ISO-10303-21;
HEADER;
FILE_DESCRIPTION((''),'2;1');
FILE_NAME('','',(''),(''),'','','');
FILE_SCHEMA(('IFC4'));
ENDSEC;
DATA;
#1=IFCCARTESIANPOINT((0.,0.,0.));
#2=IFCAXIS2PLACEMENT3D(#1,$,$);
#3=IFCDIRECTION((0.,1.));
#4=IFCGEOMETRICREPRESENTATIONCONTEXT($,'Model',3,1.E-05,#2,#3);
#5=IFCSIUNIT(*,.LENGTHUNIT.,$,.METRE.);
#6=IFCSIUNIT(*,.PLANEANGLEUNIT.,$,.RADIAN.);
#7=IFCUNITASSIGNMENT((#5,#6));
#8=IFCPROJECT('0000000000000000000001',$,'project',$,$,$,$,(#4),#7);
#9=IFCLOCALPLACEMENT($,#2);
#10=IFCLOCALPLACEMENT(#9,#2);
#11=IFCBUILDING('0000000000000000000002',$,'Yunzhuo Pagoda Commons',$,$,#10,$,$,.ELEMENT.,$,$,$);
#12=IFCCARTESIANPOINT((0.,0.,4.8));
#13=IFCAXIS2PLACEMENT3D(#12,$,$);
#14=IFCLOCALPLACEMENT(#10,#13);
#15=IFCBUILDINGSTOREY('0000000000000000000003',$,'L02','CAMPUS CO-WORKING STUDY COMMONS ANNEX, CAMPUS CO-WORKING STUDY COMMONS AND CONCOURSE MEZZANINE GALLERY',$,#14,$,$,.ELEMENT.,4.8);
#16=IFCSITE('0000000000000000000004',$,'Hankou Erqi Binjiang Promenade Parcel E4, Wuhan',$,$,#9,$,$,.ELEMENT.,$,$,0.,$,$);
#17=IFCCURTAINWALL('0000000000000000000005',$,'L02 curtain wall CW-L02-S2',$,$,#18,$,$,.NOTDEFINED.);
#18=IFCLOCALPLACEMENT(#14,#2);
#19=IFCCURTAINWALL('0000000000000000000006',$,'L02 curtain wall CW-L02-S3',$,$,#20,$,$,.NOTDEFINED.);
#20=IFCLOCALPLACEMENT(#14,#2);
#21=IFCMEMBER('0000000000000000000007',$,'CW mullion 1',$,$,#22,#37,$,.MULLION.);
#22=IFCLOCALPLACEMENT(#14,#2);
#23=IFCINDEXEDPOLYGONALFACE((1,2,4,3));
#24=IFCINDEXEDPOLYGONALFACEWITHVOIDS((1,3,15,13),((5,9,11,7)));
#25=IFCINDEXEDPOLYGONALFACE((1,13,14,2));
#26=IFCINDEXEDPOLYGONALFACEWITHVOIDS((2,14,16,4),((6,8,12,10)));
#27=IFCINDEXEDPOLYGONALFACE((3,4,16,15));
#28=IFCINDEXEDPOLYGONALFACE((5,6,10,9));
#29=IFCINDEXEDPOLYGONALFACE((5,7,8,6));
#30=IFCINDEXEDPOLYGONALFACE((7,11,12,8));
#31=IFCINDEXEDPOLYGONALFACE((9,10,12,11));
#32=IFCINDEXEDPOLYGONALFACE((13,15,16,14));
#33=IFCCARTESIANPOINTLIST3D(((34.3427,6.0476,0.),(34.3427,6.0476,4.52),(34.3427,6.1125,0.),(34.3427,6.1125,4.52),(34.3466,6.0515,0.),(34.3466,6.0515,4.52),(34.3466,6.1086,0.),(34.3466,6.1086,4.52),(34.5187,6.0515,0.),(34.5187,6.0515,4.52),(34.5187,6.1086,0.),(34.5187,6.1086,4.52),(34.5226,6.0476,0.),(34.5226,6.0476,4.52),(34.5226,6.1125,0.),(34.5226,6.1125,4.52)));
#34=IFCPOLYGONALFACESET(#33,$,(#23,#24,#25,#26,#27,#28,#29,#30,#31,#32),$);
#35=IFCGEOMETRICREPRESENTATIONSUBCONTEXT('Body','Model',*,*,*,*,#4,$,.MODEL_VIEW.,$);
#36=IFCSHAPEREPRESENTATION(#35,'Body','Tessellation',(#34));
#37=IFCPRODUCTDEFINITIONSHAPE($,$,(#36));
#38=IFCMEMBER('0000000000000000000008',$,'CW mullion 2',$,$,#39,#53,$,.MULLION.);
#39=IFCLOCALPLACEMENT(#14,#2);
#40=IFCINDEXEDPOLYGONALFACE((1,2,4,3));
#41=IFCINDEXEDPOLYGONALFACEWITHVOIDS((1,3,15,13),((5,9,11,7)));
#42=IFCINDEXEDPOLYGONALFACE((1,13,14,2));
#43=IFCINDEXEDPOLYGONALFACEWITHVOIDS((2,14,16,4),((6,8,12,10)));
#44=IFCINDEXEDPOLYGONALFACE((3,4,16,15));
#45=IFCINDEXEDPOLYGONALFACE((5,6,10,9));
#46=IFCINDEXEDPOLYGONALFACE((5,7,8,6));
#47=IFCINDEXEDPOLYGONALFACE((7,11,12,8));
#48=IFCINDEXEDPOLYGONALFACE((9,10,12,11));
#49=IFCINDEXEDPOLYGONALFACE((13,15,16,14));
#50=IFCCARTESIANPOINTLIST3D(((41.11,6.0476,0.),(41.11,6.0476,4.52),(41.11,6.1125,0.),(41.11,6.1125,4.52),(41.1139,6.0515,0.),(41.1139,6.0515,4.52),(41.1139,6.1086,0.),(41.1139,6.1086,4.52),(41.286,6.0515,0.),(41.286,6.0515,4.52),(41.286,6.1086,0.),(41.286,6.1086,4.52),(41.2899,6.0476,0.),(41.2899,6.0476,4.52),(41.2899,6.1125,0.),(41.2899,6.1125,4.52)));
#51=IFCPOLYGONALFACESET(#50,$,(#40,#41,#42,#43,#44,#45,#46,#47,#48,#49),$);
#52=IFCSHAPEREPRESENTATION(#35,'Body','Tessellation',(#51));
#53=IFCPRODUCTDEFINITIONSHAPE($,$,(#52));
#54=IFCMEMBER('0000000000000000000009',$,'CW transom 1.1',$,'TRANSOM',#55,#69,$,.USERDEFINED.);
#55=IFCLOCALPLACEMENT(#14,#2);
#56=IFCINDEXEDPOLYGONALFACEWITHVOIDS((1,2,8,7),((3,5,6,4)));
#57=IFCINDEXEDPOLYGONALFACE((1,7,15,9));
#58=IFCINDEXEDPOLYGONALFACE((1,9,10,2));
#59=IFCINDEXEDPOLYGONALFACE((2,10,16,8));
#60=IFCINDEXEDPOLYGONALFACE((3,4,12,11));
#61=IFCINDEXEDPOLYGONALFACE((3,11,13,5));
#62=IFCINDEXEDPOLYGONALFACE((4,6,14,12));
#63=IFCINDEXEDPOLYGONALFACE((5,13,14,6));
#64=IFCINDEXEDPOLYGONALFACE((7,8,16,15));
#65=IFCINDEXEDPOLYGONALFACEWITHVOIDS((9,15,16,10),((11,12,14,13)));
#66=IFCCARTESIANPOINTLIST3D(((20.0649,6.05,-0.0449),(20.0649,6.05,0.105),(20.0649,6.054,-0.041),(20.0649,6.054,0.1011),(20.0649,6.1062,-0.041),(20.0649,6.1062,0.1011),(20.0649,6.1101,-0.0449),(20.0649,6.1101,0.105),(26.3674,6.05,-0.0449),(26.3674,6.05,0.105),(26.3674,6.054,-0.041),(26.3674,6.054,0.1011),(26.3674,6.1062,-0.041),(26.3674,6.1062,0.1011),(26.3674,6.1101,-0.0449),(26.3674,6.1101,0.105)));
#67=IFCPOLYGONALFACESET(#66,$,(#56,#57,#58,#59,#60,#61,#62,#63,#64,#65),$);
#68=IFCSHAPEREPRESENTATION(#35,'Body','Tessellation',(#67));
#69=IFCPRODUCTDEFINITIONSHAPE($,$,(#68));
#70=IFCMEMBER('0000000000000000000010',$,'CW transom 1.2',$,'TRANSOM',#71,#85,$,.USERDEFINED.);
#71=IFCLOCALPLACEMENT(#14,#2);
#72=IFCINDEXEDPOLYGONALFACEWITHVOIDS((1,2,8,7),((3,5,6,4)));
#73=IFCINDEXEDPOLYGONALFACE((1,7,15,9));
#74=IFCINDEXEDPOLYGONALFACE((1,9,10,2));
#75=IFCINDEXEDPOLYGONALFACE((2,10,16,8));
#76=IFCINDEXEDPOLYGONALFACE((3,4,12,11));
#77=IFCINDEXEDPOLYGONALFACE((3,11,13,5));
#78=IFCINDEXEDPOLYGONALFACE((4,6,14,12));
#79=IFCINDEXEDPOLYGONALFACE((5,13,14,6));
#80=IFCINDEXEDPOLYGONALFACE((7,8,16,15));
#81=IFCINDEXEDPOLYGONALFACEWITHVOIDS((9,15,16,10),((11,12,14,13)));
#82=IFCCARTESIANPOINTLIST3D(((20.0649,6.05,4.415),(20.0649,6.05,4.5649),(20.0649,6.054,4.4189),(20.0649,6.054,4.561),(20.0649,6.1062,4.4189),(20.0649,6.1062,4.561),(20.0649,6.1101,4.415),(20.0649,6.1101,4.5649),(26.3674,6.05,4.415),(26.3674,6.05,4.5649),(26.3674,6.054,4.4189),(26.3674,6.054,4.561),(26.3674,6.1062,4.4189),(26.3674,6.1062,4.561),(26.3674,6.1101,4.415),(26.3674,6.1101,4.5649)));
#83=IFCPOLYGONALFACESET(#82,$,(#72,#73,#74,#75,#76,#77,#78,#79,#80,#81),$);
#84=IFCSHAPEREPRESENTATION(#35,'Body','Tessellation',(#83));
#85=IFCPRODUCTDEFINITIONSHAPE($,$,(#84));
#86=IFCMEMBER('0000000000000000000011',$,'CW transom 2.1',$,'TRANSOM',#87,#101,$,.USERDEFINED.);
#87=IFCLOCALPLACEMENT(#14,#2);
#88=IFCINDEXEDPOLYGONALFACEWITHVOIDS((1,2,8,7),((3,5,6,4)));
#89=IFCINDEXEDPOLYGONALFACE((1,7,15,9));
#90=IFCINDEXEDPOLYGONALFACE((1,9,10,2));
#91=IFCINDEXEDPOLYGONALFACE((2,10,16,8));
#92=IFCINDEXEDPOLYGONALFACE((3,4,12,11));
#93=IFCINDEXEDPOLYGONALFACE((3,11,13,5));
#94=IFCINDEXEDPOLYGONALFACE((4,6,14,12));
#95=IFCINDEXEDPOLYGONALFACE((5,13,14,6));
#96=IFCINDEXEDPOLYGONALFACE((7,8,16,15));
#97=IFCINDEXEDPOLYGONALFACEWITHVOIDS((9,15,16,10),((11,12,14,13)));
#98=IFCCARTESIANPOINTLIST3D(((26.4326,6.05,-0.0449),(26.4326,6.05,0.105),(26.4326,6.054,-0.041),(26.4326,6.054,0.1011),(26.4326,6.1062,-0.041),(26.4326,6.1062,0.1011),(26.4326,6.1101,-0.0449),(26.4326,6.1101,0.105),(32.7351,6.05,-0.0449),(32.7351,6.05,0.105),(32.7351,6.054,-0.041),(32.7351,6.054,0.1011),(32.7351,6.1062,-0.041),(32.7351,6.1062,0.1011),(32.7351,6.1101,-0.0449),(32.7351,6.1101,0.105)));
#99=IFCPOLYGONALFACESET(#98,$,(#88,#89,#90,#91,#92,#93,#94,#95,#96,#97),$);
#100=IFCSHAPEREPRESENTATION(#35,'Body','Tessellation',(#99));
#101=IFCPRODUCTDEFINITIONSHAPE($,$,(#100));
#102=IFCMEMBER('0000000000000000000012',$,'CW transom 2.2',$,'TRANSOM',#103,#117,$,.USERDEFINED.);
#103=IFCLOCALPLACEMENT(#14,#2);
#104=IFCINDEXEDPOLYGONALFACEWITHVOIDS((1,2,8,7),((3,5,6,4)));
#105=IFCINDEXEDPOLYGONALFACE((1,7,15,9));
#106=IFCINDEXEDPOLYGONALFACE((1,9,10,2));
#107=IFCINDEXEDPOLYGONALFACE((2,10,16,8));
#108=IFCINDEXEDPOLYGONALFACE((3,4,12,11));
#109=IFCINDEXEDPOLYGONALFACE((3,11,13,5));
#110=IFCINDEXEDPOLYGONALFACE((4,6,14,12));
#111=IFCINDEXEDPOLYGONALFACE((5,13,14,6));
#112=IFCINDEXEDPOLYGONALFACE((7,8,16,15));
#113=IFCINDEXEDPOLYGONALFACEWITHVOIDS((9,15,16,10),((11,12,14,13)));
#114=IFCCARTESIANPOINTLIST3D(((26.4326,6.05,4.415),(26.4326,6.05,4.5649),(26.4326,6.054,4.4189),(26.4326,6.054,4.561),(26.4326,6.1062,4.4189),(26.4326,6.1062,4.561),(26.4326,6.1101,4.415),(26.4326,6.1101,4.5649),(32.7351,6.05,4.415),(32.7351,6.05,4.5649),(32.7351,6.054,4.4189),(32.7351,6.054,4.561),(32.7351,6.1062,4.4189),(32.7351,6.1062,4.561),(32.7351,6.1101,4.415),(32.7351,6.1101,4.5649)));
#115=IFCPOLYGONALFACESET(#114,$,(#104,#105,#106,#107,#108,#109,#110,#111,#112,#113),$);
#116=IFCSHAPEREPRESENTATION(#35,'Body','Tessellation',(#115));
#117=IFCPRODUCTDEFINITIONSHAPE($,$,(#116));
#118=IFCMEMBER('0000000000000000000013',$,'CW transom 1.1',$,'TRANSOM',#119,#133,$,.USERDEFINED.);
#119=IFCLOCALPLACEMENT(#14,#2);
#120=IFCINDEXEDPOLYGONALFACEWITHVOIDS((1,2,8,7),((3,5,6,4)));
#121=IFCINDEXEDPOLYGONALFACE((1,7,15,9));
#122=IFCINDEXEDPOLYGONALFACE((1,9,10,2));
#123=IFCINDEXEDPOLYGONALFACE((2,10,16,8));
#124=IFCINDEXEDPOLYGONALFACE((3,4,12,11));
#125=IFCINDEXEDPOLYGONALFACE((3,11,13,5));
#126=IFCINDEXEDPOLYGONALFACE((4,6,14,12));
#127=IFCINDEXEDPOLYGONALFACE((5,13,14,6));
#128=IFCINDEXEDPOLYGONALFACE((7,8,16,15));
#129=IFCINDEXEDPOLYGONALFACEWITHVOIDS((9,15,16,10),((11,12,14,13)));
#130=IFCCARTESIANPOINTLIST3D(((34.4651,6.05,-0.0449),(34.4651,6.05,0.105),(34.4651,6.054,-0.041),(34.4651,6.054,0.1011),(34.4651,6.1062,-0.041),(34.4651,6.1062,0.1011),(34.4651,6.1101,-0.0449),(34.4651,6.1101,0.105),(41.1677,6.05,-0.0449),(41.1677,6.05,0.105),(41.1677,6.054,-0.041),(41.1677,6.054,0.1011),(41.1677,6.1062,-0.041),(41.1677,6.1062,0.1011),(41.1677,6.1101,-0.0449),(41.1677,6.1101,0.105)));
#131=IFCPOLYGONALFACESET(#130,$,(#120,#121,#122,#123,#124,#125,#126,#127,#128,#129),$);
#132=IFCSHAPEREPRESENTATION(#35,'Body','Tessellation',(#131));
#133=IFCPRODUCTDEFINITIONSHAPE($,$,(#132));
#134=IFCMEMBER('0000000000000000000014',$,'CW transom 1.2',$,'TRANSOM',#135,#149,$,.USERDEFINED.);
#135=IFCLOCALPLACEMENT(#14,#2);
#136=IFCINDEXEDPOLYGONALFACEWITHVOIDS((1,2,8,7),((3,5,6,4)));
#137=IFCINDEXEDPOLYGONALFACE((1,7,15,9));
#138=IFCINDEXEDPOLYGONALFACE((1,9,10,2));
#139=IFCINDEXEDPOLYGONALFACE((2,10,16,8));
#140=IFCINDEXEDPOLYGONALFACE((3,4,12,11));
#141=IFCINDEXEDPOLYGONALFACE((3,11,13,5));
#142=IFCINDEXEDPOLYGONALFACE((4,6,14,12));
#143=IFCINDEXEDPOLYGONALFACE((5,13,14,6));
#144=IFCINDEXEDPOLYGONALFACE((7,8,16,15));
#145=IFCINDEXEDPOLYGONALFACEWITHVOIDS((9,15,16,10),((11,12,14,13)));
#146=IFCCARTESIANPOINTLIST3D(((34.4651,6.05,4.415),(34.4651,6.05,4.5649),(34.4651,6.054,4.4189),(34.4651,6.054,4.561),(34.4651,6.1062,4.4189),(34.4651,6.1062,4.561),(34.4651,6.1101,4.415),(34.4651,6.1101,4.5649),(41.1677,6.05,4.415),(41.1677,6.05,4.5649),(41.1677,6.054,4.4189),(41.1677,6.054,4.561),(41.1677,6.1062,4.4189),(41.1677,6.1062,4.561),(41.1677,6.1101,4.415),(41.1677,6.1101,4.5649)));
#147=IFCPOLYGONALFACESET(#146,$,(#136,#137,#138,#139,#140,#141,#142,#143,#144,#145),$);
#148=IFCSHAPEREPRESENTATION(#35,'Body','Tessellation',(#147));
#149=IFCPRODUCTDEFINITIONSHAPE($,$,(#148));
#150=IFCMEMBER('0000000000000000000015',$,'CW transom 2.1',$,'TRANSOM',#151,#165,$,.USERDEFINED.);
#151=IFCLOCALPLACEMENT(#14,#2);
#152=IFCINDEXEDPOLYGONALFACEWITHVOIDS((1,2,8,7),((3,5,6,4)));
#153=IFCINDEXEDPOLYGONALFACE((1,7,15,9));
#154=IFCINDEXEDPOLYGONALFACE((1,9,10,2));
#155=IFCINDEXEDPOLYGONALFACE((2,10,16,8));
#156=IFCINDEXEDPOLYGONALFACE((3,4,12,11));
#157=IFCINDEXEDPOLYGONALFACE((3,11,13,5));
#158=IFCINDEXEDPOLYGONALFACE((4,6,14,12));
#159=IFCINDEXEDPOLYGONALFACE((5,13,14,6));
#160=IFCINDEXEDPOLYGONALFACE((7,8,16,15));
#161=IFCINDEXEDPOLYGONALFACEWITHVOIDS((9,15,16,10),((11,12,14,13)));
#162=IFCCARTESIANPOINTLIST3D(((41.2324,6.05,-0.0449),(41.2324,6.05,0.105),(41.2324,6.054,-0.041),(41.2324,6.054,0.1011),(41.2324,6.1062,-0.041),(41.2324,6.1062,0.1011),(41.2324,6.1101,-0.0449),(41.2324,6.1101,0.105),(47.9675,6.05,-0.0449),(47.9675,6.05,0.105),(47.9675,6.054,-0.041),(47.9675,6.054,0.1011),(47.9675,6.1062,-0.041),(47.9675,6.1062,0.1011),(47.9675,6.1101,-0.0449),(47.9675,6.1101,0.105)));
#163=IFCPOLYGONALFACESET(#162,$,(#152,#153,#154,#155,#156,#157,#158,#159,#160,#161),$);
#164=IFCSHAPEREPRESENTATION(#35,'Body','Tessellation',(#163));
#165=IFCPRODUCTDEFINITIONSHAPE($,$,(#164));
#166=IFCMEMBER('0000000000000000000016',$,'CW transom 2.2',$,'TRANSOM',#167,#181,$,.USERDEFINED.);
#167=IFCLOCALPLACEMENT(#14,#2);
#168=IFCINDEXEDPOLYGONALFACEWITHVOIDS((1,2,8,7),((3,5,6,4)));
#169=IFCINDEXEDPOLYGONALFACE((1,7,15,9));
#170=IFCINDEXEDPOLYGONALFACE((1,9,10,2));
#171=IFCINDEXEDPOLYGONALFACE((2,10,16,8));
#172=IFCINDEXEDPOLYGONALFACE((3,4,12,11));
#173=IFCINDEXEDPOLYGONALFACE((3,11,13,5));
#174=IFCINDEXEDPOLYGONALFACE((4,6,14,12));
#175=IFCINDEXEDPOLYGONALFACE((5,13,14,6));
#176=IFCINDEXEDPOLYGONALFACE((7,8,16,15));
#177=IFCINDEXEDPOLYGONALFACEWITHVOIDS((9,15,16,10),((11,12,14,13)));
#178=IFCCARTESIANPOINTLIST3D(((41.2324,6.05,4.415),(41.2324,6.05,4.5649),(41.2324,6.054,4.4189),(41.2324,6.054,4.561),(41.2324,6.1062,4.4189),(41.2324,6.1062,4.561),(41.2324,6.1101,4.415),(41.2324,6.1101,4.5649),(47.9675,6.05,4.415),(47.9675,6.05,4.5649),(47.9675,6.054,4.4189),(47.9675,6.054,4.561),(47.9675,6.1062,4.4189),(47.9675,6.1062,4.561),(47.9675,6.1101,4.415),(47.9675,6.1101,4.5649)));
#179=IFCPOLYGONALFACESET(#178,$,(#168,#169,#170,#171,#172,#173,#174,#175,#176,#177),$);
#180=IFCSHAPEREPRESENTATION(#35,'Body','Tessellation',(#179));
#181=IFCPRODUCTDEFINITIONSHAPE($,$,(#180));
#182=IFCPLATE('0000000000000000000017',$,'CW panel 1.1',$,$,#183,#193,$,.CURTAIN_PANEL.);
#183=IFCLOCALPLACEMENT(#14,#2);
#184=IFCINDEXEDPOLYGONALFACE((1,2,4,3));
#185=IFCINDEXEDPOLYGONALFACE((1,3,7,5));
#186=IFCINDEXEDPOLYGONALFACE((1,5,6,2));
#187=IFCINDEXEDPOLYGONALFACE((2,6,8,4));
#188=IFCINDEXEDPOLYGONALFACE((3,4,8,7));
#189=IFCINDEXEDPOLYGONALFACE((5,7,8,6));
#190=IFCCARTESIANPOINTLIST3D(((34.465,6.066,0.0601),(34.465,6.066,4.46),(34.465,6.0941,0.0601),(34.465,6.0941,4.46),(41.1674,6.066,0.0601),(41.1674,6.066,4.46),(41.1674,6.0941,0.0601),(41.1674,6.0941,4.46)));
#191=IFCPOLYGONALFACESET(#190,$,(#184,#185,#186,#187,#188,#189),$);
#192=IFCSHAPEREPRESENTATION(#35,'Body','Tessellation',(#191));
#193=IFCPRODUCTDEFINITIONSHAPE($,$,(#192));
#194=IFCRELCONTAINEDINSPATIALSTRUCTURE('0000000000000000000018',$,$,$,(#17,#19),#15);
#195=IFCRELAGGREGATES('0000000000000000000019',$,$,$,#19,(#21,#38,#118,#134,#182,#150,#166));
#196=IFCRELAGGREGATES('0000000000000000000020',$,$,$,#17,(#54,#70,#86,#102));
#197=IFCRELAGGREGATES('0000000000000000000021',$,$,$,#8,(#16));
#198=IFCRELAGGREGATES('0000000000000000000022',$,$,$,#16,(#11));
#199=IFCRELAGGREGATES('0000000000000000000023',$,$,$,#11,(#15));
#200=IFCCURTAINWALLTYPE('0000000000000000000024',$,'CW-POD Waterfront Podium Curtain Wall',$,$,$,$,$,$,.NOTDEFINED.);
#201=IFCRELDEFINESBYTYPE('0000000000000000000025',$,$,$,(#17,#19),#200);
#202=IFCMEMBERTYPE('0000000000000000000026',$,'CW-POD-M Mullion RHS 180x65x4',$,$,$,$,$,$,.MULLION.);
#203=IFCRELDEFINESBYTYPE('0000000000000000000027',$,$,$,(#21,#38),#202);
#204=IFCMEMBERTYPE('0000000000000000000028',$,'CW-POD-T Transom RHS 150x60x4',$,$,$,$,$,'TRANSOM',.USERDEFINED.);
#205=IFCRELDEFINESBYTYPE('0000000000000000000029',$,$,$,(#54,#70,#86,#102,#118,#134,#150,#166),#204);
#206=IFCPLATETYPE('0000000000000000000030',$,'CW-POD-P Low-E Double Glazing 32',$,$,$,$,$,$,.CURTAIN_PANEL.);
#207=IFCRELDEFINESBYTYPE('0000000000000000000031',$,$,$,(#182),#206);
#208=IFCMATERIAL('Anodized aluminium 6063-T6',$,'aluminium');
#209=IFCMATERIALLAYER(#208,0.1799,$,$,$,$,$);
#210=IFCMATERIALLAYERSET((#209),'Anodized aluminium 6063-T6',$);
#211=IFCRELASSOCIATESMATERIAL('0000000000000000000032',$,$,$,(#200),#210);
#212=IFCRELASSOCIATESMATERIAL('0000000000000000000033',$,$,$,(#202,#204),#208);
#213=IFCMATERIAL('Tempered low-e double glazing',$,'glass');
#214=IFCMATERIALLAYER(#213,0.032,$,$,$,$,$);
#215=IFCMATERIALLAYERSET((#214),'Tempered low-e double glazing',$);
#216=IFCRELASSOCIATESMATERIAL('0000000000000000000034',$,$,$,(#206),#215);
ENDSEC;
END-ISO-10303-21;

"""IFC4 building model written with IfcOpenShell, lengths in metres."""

from ifc_helpers import new_model, si_unit, direction, frame, origin, origin_2d, place, context, subcontext, project, spatial, rectangle, hollow_rectangle, extrude, source, transform, mapped, material, layer, layer_set, material_profile, profile_set, type_object, element, aggregate, save


model = new_model("IFC4")

# Units and contexts
model_context = context("Model", 3, precision=1e-05, world=origin(), true_north=direction((0.0, 1.0)))
body_context = subcontext(model_context, "Body", "Model", "MODEL_VIEW")
ifc_project = project(units=[si_unit("LENGTHUNIT", "METRE"), si_unit("PLANEANGLEUNIT", "RADIAN")], contexts=[model_context])

# Site, building, storey
site_placement = place(None, origin())
site = spatial("IfcSite", under=ifc_project, at=site_placement, Name="Hankou Erqi Binjiang Promenade Parcel E4, Wuhan", CompositionType="ELEMENT", RefElevation=0.0)
building_placement = place(site_placement, origin())
building = spatial("IfcBuilding", under=site, at=building_placement, Name="Yunzhuo Pagoda Commons", CompositionType="ELEMENT")
storey_placement = place(building_placement, frame((0.0, 0.0, 4.8)))
storey = spatial("IfcBuildingStorey", under=building, at=storey_placement, Name="L02", Description="CAMPUS CO-WORKING STUDY COMMONS ANNEX, CAMPUS CO-WORKING STUDY COMMONS AND CONCOURSE MEZZANINE GALLERY", CompositionType="ELEMENT", Elevation=4.8)

# Curtain walls, members
ifc_material_1 = material(Name="Anodized aluminium 6063-T6", Category="aluminium")
ifc_layer_1 = layer(ifc_material_1, 0.1799)
ifc_layer_set_1 = layer_set([ifc_layer_1], Name="Anodized aluminium 6063-T6")
curtain_wall_type = type_object("IfcCurtainWallType", Name="CW-POD Waterfront Podium Curtain Wall", PredefinedType="NOTDEFINED", material=ifc_layer_set_1)
curtain_wall_1_placement = place(storey_placement, origin())
curtain_wall_1 = element("IfcCurtainWall", 1, at=curtain_wall_1_placement, inside=storey, type_object=curtain_wall_type, Name="L02 curtain wall CW-L02-S2", PredefinedType="NOTDEFINED")
ifc_material_profile_1 = material_profile(ifc_material_1, hollow_rectangle(XDim=0.0649, YDim=0.1799, WallThickness=0.0039, at=origin_2d()), Name="Anodized aluminium 6063-T6")
ifc_profile_set_1 = profile_set([ifc_material_profile_1], Name="Anodized aluminium 6063-T6")
member_type_1 = type_object("IfcMemberType", Name="CW-POD-M Mullion RHS 180x65x4", PredefinedType="MULLION", material=ifc_profile_set_1)
shared_shape_1 = source(origin(), body_context, "Body", "SweptSolid", [
    extrude(hollow_rectangle(XDim=0.0649, YDim=0.1799, WallThickness=0.0039, at=origin_2d()), origin(), (0.0, 0.0, 1.0), 4.52),
])
curtain_wall_2_placement = place(storey_placement, origin())
curtain_wall_2 = element("IfcCurtainWall", 2, at=curtain_wall_2_placement, inside=storey, type_object=curtain_wall_type, Name="L02 curtain wall CW-L02-S3", PredefinedType="NOTDEFINED")
member_1_placement = place(storey_placement, frame((34.4326, 6.0801, 0.0), z_axis=(0.0, 0.0, 1.0), x_axis=(0.0, 1.0, 0.0)))
member_1 = element("IfcMember", 3, at=member_1_placement, type_object=member_type_1, Name="CW mullion 1", PredefinedType="MULLION", context=body_context, shape_type="MappedRepresentation", body=[
    mapped(shared_shape_1, transform((0.0, 0.0, 0.0), scale=1.0)),
])
member_2_placement = place(storey_placement, frame((41.2, 6.0801, 0.0), z_axis=(0.0, 0.0, 1.0), x_axis=(0.0, 1.0, 0.0)))
member_2 = element("IfcMember", 4, at=member_2_placement, type_object=member_type_1, Name="CW mullion 2", PredefinedType="MULLION", context=body_context, shape_type="MappedRepresentation", body=[
    mapped(shared_shape_1, transform((0.0, 0.0, 0.0), scale=1.0)),
])

# Members
ifc_material_profile_2 = material_profile(ifc_material_1, hollow_rectangle(XDim=0.0601, YDim=0.1499, WallThickness=0.0039, at=origin_2d()), Name="Anodized aluminium 6063-T6")
ifc_profile_set_2 = profile_set([ifc_material_profile_2], Name="Anodized aluminium 6063-T6")
member_type_2 = type_object("IfcMemberType", Name="CW-POD-T Transom RHS 150x60x4", ElementType="TRANSOM", PredefinedType="USERDEFINED", material=ifc_profile_set_2)
shared_shape_2 = source(origin(), body_context, "Body", "SweptSolid", [
    extrude(hollow_rectangle(XDim=0.0601, YDim=0.1499, WallThickness=0.0039, at=origin_2d()), origin(), (0.0, 0.0, 1.0), 6.3025),
])
member_3_placement = place(storey_placement, frame((20.0649, 6.0801, 0.03), z_axis=(1.0, 0.0, 0.0), x_axis=(0.0, 1.0, 0.0)))
member_3 = element("IfcMember", 5, at=member_3_placement, type_object=member_type_2, Name="CW transom 1.1", ObjectType="TRANSOM", PredefinedType="USERDEFINED", context=body_context, shape_type="MappedRepresentation", body=[
    mapped(shared_shape_2, transform((0.0, 0.0, 0.0), scale=1.0)),
])
member_4_placement = place(storey_placement, frame((20.0649, 6.0801, 4.49), z_axis=(1.0, 0.0, 0.0), x_axis=(0.0, 1.0, 0.0)))
member_4 = element("IfcMember", 6, at=member_4_placement, type_object=member_type_2, Name="CW transom 1.2", ObjectType="TRANSOM", PredefinedType="USERDEFINED", context=body_context, shape_type="MappedRepresentation", body=[
    mapped(shared_shape_2, transform((0.0, 0.0, 0.0), scale=1.0)),
])
member_5_placement = place(storey_placement, frame((26.4326, 6.0801, 0.03), z_axis=(1.0, 0.0, 0.0), x_axis=(0.0, 1.0, 0.0)))
member_5 = element("IfcMember", 7, at=member_5_placement, type_object=member_type_2, Name="CW transom 2.1", ObjectType="TRANSOM", PredefinedType="USERDEFINED", context=body_context, shape_type="MappedRepresentation", body=[
    mapped(shared_shape_2, transform((0.0, 0.0, 0.0), scale=1.0)),
])
member_6_placement = place(storey_placement, frame((26.4326, 6.0801, 4.49), z_axis=(1.0, 0.0, 0.0), x_axis=(0.0, 1.0, 0.0)))
member_6 = element("IfcMember", 8, at=member_6_placement, type_object=member_type_2, Name="CW transom 2.2", ObjectType="TRANSOM", PredefinedType="USERDEFINED", context=body_context, shape_type="MappedRepresentation", body=[
    mapped(shared_shape_2, transform((0.0, 0.0, 0.0), scale=1.0)),
])
shared_shape_3 = source(origin(), body_context, "Body", "SweptSolid", [
    extrude(hollow_rectangle(XDim=0.0601, YDim=0.1499, WallThickness=0.0039, at=origin_2d()), origin(), (0.0, 0.0, 1.0), 6.7026),
])
member_7_placement = place(storey_placement, frame((34.4651, 6.0801, 0.03), z_axis=(1.0, 0.0, 0.0), x_axis=(0.0, 1.0, 0.0)))
member_7 = element("IfcMember", 9, at=member_7_placement, type_object=member_type_2, Name="CW transom 1.1", ObjectType="TRANSOM", PredefinedType="USERDEFINED", context=body_context, shape_type="MappedRepresentation", body=[
    mapped(shared_shape_3, transform((0.0, 0.0, 0.0), scale=1.0)),
])
member_8_placement = place(storey_placement, frame((34.4651, 6.0801, 4.49), z_axis=(1.0, 0.0, 0.0), x_axis=(0.0, 1.0, 0.0)))
member_8 = element("IfcMember", 10, at=member_8_placement, type_object=member_type_2, Name="CW transom 1.2", ObjectType="TRANSOM", PredefinedType="USERDEFINED", context=body_context, shape_type="MappedRepresentation", body=[
    mapped(shared_shape_3, transform((0.0, 0.0, 0.0), scale=1.0)),
])
shared_shape_4 = source(origin(), body_context, "Body", "SweptSolid", [
    extrude(hollow_rectangle(XDim=0.0601, YDim=0.1499, WallThickness=0.0039, at=origin_2d()), origin(), (0.0, 0.0, 1.0), 6.7351),
])
member_9_placement = place(storey_placement, frame((41.2324, 6.0801, 0.03), z_axis=(1.0, 0.0, 0.0), x_axis=(0.0, 1.0, 0.0)))
member_9 = element("IfcMember", 11, at=member_9_placement, type_object=member_type_2, Name="CW transom 2.1", ObjectType="TRANSOM", PredefinedType="USERDEFINED", context=body_context, shape_type="MappedRepresentation", body=[
    mapped(shared_shape_4, transform((0.0, 0.0, 0.0), scale=1.0)),
])
member_10_placement = place(storey_placement, frame((41.2324, 6.0801, 4.49), z_axis=(1.0, 0.0, 0.0), x_axis=(0.0, 1.0, 0.0)))
member_10 = element("IfcMember", 12, at=member_10_placement, type_object=member_type_2, Name="CW transom 2.2", ObjectType="TRANSOM", PredefinedType="USERDEFINED", context=body_context, shape_type="MappedRepresentation", body=[
    mapped(shared_shape_4, transform((0.0, 0.0, 0.0), scale=1.0)),
])

# Plate
ifc_material_2 = material(Name="Tempered low-e double glazing", Category="glass")
ifc_layer_2 = layer(ifc_material_2, 0.032)
ifc_layer_set_2 = layer_set([ifc_layer_2], Name="Tempered low-e double glazing")
plate_type = type_object("IfcPlateType", Name="CW-POD-P Low-E Double Glazing 32", PredefinedType="CURTAIN_PANEL", material=ifc_layer_set_2)
shared_shape_5 = source(origin(), body_context, "Body", "SweptSolid", [
    extrude(rectangle(XDim=6.7024, YDim=0.0281, at=origin_2d()), origin(), (0.0, 0.0, 1.0), 4.3999),
])
plate_1_placement = place(storey_placement, frame((37.8162, 6.0801, 0.0601), z_axis=(0.0, 0.0, 1.0), x_axis=(1.0, 0.0, 0.0)))
plate_1 = element("IfcPlate", 13, at=plate_1_placement, type_object=plate_type, Name="CW panel 1.1", PredefinedType="CURTAIN_PANEL", context=body_context, shape_type="MappedRepresentation", body=[
    mapped(shared_shape_5, transform((0.0, 0.0, 0.0), scale=1.0)),
])
aggregate(curtain_wall_2, [member_1, member_2, member_7, member_8, plate_1, member_9, member_10])
aggregate(curtain_wall_1, [member_3, member_4, member_5, member_6])

save(model, "model.ifc")
